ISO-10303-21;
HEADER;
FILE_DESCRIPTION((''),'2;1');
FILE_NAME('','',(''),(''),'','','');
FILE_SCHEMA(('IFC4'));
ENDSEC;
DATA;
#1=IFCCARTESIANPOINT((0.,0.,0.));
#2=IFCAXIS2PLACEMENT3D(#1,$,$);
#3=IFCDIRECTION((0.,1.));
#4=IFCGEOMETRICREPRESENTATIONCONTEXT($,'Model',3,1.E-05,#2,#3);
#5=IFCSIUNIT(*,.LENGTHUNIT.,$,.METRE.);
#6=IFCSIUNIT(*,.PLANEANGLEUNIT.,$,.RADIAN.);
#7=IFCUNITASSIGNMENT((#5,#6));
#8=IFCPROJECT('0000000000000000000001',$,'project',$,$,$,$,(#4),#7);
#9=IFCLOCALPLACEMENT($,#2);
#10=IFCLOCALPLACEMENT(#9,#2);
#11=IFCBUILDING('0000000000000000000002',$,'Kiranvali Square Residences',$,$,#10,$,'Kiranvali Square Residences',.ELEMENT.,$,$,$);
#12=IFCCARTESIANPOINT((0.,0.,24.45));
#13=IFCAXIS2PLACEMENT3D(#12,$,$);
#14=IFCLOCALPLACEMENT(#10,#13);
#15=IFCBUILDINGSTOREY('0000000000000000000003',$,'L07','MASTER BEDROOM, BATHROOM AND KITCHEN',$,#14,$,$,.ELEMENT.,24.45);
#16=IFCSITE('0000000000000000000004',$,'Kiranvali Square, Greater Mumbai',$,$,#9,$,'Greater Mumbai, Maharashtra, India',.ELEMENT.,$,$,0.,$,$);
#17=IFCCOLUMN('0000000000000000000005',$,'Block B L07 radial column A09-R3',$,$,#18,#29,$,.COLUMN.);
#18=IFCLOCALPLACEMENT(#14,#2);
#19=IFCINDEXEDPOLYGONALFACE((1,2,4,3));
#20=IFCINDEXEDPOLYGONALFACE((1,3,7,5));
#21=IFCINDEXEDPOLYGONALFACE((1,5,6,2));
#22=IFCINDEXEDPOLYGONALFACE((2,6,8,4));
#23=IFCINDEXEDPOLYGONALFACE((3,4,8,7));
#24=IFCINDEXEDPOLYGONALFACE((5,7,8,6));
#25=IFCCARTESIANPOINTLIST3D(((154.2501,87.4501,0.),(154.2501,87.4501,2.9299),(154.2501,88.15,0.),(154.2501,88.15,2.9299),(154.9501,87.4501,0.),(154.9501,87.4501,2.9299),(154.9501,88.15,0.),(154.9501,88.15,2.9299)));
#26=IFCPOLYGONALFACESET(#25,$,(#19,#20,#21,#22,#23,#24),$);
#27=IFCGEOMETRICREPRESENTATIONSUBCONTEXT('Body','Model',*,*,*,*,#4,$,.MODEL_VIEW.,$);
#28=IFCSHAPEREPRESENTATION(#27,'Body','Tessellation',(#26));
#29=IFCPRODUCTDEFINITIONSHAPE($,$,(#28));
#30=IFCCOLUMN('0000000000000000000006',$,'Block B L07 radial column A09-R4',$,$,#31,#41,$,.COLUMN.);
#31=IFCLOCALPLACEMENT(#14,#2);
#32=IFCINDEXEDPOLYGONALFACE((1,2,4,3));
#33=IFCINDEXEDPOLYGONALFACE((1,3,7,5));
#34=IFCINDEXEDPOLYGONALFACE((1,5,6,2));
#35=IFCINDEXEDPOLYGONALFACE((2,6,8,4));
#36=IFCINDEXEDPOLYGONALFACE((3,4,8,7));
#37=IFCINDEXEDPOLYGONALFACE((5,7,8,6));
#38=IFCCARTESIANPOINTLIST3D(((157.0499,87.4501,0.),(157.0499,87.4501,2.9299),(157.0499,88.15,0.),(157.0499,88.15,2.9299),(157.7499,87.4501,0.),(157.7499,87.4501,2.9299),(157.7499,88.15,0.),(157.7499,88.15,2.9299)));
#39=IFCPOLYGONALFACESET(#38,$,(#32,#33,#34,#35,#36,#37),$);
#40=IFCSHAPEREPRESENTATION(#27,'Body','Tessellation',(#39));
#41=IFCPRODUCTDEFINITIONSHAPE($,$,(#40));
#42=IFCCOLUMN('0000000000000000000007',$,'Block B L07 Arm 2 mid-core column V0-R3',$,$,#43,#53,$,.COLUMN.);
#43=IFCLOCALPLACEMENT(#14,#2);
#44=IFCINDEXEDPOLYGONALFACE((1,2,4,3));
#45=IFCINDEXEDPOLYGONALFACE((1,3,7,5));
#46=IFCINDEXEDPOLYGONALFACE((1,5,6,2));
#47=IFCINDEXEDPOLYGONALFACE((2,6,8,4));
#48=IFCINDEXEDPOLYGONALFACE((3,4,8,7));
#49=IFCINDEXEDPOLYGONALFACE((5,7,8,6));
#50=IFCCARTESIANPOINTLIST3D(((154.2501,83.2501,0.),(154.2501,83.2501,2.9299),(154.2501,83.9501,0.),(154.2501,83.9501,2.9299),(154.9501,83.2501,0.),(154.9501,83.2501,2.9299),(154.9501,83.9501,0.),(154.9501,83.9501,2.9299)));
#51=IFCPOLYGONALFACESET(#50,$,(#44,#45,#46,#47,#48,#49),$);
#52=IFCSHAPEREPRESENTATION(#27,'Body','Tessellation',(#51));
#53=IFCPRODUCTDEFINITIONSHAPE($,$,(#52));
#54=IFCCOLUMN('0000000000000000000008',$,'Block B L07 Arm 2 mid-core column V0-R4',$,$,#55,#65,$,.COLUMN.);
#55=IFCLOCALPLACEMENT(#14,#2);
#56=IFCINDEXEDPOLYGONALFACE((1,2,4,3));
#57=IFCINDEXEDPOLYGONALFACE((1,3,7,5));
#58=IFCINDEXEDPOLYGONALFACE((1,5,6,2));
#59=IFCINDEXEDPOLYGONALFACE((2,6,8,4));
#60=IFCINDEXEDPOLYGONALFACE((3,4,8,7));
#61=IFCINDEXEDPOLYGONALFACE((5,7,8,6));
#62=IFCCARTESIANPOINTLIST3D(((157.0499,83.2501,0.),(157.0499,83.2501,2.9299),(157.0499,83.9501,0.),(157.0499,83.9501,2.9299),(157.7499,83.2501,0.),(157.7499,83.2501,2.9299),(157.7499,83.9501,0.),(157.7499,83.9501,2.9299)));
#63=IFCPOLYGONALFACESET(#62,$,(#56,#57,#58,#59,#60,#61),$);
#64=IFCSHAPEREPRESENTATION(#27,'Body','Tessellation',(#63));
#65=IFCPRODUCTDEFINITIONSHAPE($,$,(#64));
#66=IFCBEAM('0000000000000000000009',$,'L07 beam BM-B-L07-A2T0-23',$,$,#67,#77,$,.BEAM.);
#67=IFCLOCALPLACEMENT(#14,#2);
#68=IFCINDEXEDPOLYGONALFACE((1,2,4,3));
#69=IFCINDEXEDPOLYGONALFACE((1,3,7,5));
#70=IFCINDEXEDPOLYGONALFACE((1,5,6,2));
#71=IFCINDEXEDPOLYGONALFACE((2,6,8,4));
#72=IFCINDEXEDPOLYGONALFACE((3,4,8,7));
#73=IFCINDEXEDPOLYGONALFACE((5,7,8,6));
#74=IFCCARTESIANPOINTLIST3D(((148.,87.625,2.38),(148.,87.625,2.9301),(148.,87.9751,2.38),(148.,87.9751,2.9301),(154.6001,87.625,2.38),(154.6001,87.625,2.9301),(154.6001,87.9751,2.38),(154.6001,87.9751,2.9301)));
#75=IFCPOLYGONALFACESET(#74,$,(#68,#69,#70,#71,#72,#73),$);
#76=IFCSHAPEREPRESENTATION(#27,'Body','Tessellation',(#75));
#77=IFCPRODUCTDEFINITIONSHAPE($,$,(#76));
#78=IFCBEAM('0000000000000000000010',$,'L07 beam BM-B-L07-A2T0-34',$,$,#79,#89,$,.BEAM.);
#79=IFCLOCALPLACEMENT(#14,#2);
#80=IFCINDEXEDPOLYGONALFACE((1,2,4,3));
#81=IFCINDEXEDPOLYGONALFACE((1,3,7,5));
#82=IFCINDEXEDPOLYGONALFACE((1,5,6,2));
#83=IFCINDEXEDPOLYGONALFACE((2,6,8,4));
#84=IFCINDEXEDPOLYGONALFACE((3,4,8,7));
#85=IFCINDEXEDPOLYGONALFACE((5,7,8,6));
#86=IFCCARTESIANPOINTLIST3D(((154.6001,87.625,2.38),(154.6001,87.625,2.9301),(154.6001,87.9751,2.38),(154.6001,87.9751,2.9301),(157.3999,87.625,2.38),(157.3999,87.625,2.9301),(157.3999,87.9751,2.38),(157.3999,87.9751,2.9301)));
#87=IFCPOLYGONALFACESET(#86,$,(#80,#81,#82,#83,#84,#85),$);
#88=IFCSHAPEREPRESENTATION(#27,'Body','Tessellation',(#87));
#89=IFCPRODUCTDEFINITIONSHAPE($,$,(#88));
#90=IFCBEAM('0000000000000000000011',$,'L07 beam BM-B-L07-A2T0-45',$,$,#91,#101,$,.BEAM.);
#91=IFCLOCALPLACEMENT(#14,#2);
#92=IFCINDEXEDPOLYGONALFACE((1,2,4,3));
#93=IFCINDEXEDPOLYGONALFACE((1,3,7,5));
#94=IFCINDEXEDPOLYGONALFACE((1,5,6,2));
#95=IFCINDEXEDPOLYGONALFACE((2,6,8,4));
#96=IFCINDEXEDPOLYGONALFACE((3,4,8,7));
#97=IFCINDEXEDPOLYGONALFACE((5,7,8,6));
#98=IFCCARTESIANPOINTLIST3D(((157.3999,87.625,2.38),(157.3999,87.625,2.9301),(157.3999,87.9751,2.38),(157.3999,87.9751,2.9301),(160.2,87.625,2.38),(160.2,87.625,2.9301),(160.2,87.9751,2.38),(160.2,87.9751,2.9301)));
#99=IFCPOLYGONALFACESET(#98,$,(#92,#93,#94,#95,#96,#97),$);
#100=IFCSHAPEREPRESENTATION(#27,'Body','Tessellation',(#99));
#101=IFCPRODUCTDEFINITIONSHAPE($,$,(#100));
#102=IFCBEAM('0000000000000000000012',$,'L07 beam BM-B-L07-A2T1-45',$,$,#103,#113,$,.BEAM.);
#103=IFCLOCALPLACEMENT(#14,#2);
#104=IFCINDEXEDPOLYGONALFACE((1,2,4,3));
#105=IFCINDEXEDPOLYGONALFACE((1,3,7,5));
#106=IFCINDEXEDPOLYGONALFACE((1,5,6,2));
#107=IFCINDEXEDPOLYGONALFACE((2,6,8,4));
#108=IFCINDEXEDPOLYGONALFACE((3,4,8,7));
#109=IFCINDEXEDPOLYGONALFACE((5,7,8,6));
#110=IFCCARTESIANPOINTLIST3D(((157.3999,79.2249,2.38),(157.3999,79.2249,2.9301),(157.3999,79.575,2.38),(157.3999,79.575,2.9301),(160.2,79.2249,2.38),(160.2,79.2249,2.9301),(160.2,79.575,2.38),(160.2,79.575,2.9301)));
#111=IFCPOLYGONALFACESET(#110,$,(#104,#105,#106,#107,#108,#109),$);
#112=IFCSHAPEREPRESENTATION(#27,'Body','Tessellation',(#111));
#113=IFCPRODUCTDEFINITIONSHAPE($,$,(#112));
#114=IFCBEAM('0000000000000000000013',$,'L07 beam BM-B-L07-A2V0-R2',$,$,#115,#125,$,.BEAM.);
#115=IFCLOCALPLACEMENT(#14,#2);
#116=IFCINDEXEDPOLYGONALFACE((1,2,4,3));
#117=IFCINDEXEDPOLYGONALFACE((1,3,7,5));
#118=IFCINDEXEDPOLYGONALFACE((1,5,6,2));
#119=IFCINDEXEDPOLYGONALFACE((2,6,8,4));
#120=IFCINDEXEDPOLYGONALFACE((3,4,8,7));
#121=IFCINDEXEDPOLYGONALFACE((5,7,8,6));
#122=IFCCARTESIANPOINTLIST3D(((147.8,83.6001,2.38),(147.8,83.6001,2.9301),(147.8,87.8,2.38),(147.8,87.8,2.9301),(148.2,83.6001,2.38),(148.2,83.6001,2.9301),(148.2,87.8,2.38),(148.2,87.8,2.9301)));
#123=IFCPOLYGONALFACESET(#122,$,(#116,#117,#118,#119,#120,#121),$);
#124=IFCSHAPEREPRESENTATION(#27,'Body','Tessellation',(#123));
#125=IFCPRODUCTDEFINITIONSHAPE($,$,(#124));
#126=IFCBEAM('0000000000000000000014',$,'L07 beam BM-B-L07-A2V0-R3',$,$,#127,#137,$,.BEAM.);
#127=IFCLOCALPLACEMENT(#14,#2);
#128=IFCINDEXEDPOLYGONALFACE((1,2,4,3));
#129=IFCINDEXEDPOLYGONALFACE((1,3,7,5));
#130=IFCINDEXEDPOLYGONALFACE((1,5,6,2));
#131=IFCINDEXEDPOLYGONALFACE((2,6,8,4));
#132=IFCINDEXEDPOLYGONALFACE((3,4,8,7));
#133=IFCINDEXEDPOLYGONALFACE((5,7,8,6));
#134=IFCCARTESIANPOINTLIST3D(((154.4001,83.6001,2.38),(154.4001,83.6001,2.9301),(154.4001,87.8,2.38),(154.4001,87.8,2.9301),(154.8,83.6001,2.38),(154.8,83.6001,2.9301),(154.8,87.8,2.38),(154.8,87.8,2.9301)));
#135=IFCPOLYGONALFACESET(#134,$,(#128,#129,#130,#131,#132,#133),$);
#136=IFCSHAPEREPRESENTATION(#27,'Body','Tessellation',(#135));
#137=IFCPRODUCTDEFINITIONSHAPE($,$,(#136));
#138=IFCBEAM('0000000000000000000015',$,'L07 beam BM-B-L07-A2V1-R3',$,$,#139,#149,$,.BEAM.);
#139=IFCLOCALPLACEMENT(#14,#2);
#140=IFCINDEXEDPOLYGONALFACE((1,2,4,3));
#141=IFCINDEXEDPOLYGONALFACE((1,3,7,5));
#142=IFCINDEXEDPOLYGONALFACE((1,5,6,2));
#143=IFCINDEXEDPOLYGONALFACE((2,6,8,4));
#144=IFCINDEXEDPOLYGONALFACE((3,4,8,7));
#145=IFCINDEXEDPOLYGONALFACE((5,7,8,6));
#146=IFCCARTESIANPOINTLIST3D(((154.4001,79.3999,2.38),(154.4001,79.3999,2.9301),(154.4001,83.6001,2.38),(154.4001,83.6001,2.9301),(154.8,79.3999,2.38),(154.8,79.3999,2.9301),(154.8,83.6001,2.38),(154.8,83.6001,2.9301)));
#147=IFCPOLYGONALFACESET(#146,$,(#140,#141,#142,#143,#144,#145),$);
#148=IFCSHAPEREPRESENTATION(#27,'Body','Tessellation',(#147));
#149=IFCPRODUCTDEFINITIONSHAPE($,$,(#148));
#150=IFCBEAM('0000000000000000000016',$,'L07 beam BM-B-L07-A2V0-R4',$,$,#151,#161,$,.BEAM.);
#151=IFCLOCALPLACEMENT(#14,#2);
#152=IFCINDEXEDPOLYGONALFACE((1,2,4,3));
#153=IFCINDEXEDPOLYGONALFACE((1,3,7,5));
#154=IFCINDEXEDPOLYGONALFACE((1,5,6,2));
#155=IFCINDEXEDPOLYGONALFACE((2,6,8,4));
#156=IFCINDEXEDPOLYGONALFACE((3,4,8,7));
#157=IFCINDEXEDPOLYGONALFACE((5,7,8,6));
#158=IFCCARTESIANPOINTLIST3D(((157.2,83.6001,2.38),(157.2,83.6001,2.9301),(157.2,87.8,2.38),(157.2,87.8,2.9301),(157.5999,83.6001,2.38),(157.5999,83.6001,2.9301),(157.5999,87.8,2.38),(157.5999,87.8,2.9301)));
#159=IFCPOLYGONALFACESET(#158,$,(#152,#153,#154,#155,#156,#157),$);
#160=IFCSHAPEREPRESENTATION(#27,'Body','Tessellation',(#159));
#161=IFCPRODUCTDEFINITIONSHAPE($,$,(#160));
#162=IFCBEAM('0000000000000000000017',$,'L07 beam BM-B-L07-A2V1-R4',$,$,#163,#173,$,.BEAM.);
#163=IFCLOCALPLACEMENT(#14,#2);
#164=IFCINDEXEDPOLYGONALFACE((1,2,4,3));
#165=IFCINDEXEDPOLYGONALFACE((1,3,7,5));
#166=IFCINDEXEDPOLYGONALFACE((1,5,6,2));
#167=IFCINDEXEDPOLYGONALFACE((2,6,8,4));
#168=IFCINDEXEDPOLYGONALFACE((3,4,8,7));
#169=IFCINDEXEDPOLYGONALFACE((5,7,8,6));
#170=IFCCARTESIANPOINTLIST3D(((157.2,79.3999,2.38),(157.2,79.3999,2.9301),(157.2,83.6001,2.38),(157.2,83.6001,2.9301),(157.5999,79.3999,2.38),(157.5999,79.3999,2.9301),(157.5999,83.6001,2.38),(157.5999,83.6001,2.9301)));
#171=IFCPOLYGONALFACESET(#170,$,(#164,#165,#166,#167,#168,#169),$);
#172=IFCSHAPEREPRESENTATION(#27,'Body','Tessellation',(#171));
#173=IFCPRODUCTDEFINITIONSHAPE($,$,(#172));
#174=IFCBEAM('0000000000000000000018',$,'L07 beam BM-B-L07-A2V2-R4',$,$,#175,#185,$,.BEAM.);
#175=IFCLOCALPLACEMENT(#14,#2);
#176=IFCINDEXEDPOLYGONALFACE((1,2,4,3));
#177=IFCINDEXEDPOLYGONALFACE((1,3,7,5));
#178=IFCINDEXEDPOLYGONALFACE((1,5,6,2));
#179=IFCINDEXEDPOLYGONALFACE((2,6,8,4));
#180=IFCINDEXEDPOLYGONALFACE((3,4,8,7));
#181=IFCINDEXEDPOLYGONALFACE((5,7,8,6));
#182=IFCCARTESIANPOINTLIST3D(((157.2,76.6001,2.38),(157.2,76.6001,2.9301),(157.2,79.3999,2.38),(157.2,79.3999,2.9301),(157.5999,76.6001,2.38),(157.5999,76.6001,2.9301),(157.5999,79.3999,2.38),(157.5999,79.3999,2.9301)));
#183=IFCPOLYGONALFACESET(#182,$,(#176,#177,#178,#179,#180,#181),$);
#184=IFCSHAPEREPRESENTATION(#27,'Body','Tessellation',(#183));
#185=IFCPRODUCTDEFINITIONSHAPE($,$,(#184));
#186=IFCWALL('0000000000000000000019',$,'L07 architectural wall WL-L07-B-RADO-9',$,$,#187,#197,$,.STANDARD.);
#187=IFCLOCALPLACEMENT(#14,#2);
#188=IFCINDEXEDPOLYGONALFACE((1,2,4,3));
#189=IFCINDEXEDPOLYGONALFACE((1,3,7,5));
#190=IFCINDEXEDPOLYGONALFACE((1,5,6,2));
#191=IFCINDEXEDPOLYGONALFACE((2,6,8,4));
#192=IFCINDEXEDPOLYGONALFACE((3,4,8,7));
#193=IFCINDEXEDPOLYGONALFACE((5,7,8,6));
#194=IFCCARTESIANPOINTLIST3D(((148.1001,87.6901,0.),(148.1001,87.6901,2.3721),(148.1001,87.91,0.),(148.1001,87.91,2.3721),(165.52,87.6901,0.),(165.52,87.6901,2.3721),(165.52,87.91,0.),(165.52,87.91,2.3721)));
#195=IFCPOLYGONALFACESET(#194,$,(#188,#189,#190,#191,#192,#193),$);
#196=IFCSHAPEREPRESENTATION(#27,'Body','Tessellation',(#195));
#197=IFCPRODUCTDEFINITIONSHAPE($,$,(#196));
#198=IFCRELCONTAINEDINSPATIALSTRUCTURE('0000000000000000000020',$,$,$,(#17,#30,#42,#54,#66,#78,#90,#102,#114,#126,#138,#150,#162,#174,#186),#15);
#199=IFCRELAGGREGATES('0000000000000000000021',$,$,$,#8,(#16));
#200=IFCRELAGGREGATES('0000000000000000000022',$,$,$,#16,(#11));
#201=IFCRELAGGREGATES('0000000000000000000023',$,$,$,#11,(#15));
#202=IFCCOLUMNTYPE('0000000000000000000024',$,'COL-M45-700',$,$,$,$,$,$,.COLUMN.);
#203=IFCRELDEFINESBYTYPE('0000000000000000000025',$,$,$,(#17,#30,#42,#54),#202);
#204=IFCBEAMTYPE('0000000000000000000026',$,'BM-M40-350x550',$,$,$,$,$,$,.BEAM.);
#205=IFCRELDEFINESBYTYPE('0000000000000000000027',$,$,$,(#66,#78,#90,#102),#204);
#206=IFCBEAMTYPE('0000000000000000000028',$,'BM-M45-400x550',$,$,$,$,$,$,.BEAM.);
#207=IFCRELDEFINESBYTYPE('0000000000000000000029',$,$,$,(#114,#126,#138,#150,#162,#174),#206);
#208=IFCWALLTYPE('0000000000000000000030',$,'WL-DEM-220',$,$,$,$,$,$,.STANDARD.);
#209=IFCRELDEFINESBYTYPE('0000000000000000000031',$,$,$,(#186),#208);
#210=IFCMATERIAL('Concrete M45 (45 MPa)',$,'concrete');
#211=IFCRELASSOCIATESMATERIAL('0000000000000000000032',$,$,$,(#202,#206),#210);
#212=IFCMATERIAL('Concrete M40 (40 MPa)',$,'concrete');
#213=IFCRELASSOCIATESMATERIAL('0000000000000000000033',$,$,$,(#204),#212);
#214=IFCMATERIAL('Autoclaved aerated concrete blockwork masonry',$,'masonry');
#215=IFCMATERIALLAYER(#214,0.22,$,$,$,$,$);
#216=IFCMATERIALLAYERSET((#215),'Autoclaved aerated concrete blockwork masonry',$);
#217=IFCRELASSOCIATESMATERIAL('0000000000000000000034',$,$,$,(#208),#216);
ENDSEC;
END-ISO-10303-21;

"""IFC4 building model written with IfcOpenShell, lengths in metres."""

from ifc_helpers import new_model, si_unit, direction, frame, frame_2d, origin, origin_2d, place, context, subcontext, project, spatial, rectangle, extrude, material, layer, layer_set, material_profile, profile_set, type_object, element, save


model = new_model("IFC4")

# Units and contexts
model_context = context("Model", 3, precision=1e-05, world=origin(), true_north=direction((0.0, 1.0)))
body_context = subcontext(model_context, "Body", "Model", "MODEL_VIEW")
ifc_project = project(units=[si_unit("LENGTHUNIT", "METRE"), si_unit("PLANEANGLEUNIT", "RADIAN")], contexts=[model_context])

# Site, building, storey
site_placement = place(None, origin())
site = spatial("IfcSite", under=ifc_project, at=site_placement, Name="Kiranvali Square, Greater Mumbai", LongName="Greater Mumbai, Maharashtra, India", CompositionType="ELEMENT", RefElevation=0.0)
building_placement = place(site_placement, origin())
building = spatial("IfcBuilding", under=site, at=building_placement, Name="Kiranvali Square Residences", LongName="Kiranvali Square Residences", CompositionType="ELEMENT")
storey_placement = place(building_placement, frame((0.0, 0.0, 24.45)))
storey = spatial("IfcBuildingStorey", under=building, at=storey_placement, Name="L07", Description="MASTER BEDROOM, BATHROOM AND KITCHEN", CompositionType="ELEMENT", Elevation=24.45)

# Columns
ifc_material_1 = material(Name="Concrete M45 (45 MPa)", Category="concrete")
ifc_material_profile_1 = material_profile(ifc_material_1, rectangle(XDim=0.7, YDim=0.7, at=origin_2d()), Name="RC 700x700")
ifc_profile_set_1 = profile_set([ifc_material_profile_1], Name="Concrete M45 (45 MPa)")
column_type = type_object("IfcColumnType", Name="COL-M45-700", PredefinedType="COLUMN", material=ifc_profile_set_1)
for number, where, z_axis, x_axis, name in (
    (1, (154.6001, 87.8, 0.0), (0.0, 0.0, 1.0), (0.0, 1.0, 0.0), "Block B L07 radial column A09-R3"),
    (2, (157.3999, 87.8, 0.0), (0.0, 0.0, 1.0), (0.0, 1.0, 0.0), "Block B L07 radial column A09-R4"),
    (3, (154.6001, 83.6001, 0.0), (0.0, 0.0, 1.0), (1.0, 0.0, 0.0), "Block B L07 Arm 2 mid-core column V0-R3"),
    (4, (157.3999, 83.6001, 0.0), (0.0, 0.0, 1.0), (1.0, 0.0, 0.0), "Block B L07 Arm 2 mid-core column V0-R4"),
):
    element("IfcColumn", number, at=place(storey_placement, frame(where, z_axis=z_axis, x_axis=x_axis)), inside=storey, type_object=column_type, Name=name, PredefinedType="COLUMN", context=body_context, shape_type="SweptSolid", body=[
        extrude(rectangle(XDim=0.7, YDim=0.7, at=origin_2d()), origin(), (0.0, 0.0, 1.0), 2.9299),
    ])

# Beams
ifc_material_2 = material(Name="Concrete M40 (40 MPa)", Category="concrete")
ifc_material_profile_2 = material_profile(ifc_material_2, rectangle(XDim=0.3501, YDim=0.55, at=origin_2d()), Name="RC 350x550")
ifc_profile_set_2 = profile_set([ifc_material_profile_2], Name="Concrete M40 (40 MPa)")
beam_type_1 = type_object("IfcBeamType", Name="BM-M40-350x550", PredefinedType="BEAM", material=ifc_profile_set_2)
beam_1_placement = place(storey_placement, frame((148.0, 87.8, 2.655), z_axis=(1.0, 0.0, 0.0), x_axis=(0.0, 1.0, 0.0)))
element("IfcBeam", 5, at=beam_1_placement, inside=storey, type_object=beam_type_1, Name="L07 beam BM-B-L07-A2T0-23", PredefinedType="BEAM", context=body_context, shape_type="SweptSolid", body=[
    extrude(rectangle(XDim=0.3501, YDim=0.55, at=origin_2d()), origin(), (0.0, 0.0, 1.0), 6.6001),
])
beam_2_placement = place(storey_placement, frame((154.6001, 87.8, 2.655), z_axis=(1.0, 0.0, 0.0), x_axis=(0.0, 1.0, 0.0)))
element("IfcBeam", 6, at=beam_2_placement, inside=storey, type_object=beam_type_1, Name="L07 beam BM-B-L07-A2T0-34", PredefinedType="BEAM", context=body_context, shape_type="SweptSolid", body=[
    extrude(rectangle(XDim=0.3501, YDim=0.55, at=origin_2d()), origin(), (0.0, 0.0, 1.0), 2.7998),
])
for number, where, z_axis, x_axis, name in (
    (7, (157.3999, 87.8, 2.655), (1.0, 0.0, 0.0), (0.0, 1.0, 0.0), "L07 beam BM-B-L07-A2T0-45"),
    (8, (157.3999, 79.3999, 2.655), (1.0, 0.0, 0.0), (0.0, 1.0, 0.0), "L07 beam BM-B-L07-A2T1-45"),
):
    element("IfcBeam", number, at=place(storey_placement, frame(where, z_axis=z_axis, x_axis=x_axis)), inside=storey, type_object=beam_type_1, Name=name, PredefinedType="BEAM", context=body_context, shape_type="SweptSolid", body=[
        extrude(rectangle(XDim=0.3501, YDim=0.55, at=origin_2d()), origin(), (0.0, 0.0, 1.0), 2.8),
    ])
ifc_material_profile_3 = material_profile(ifc_material_1, rectangle(XDim=0.3999, YDim=0.55, at=origin_2d()), Name="RC 400x550")
ifc_profile_set_3 = profile_set([ifc_material_profile_3], Name="Concrete M45 (45 MPa)")
beam_type_2 = type_object("IfcBeamType", Name="BM-M45-400x550", PredefinedType="BEAM", material=ifc_profile_set_3)
for number, where, z_axis, x_axis, name in (
    (9, (148.0, 87.8, 2.655), (0.0, -1.0, 0.0), (1.0, 0.0, 0.0), "L07 beam BM-B-L07-A2V0-R2"),
    (10, (154.6001, 87.8, 2.655), (0.0, -1.0, 0.0), (1.0, 0.0, 0.0), "L07 beam BM-B-L07-A2V0-R3"),
):
    element("IfcBeam", number, at=place(storey_placement, frame(where, z_axis=z_axis, x_axis=x_axis)), inside=storey, type_object=beam_type_2, Name=name, PredefinedType="BEAM", context=body_context, shape_type="SweptSolid", body=[
        extrude(rectangle(XDim=0.3999, YDim=0.55, at=origin_2d()), origin(), (0.0, 0.0, 1.0), 4.2),
    ])
beam_3_placement = place(storey_placement, frame((154.6001, 83.6001, 2.655), z_axis=(0.0, -1.0, 0.0), x_axis=(1.0, 0.0, 0.0)))
element("IfcBeam", 11, at=beam_3_placement, inside=storey, type_object=beam_type_2, Name="L07 beam BM-B-L07-A2V1-R3", PredefinedType="BEAM", context=body_context, shape_type="SweptSolid", body=[
    extrude(rectangle(XDim=0.3999, YDim=0.55, at=origin_2d()), origin(), (0.0, 0.0, 1.0), 4.2002),
])
beam_4_placement = place(storey_placement, frame((157.3999, 87.8, 2.655), z_axis=(0.0, -1.0, 0.0), x_axis=(1.0, 0.0, 0.0)))
element("IfcBeam", 12, at=beam_4_placement, inside=storey, type_object=beam_type_2, Name="L07 beam BM-B-L07-A2V0-R4", PredefinedType="BEAM", context=body_context, shape_type="SweptSolid", body=[
    extrude(rectangle(XDim=0.3999, YDim=0.55, at=origin_2d()), origin(), (0.0, 0.0, 1.0), 4.2),
])
beam_5_placement = place(storey_placement, frame((157.3999, 83.6001, 2.655), z_axis=(0.0, -1.0, 0.0), x_axis=(1.0, 0.0, 0.0)))
element("IfcBeam", 13, at=beam_5_placement, inside=storey, type_object=beam_type_2, Name="L07 beam BM-B-L07-A2V1-R4", PredefinedType="BEAM", context=body_context, shape_type="SweptSolid", body=[
    extrude(rectangle(XDim=0.3999, YDim=0.55, at=origin_2d()), origin(), (0.0, 0.0, 1.0), 4.2002),
])
beam_6_placement = place(storey_placement, frame((157.3999, 79.3999, 2.655), z_axis=(0.0, -1.0, 0.0), x_axis=(1.0, 0.0, 0.0)))
element("IfcBeam", 14, at=beam_6_placement, inside=storey, type_object=beam_type_2, Name="L07 beam BM-B-L07-A2V2-R4", PredefinedType="BEAM", context=body_context, shape_type="SweptSolid", body=[
    extrude(rectangle(XDim=0.3999, YDim=0.55, at=origin_2d()), origin(), (0.0, 0.0, 1.0), 2.7998),
])

# Wall
ifc_material_3 = material(Name="Autoclaved aerated concrete blockwork masonry", Category="masonry")
ifc_layer_1 = layer(ifc_material_3, 0.22)
ifc_layer_set_1 = layer_set([ifc_layer_1], Name="Autoclaved aerated concrete blockwork masonry")
wall_type_1 = type_object("IfcWallType", Name="WL-DEM-220", PredefinedType="STANDARD", material=ifc_layer_set_1)
wall_1_placement = place(storey_placement, frame((148.1001, 87.8, 0.0), z_axis=(0.0, 0.0, 1.0), x_axis=(1.0, 0.0, 0.0)))
element("IfcWall", 15, at=wall_1_placement, inside=storey, type_object=wall_type_1, Name="L07 architectural wall WL-L07-B-RADO-9", PredefinedType="STANDARD", context=body_context, shape_type="SweptSolid", body=[
    extrude(rectangle(XDim=17.4199, YDim=0.22, at=frame_2d((8.71, 0.0))), origin(), (0.0, 0.0, 1.0), 2.3721),
])

save(model, "model.ifc")
